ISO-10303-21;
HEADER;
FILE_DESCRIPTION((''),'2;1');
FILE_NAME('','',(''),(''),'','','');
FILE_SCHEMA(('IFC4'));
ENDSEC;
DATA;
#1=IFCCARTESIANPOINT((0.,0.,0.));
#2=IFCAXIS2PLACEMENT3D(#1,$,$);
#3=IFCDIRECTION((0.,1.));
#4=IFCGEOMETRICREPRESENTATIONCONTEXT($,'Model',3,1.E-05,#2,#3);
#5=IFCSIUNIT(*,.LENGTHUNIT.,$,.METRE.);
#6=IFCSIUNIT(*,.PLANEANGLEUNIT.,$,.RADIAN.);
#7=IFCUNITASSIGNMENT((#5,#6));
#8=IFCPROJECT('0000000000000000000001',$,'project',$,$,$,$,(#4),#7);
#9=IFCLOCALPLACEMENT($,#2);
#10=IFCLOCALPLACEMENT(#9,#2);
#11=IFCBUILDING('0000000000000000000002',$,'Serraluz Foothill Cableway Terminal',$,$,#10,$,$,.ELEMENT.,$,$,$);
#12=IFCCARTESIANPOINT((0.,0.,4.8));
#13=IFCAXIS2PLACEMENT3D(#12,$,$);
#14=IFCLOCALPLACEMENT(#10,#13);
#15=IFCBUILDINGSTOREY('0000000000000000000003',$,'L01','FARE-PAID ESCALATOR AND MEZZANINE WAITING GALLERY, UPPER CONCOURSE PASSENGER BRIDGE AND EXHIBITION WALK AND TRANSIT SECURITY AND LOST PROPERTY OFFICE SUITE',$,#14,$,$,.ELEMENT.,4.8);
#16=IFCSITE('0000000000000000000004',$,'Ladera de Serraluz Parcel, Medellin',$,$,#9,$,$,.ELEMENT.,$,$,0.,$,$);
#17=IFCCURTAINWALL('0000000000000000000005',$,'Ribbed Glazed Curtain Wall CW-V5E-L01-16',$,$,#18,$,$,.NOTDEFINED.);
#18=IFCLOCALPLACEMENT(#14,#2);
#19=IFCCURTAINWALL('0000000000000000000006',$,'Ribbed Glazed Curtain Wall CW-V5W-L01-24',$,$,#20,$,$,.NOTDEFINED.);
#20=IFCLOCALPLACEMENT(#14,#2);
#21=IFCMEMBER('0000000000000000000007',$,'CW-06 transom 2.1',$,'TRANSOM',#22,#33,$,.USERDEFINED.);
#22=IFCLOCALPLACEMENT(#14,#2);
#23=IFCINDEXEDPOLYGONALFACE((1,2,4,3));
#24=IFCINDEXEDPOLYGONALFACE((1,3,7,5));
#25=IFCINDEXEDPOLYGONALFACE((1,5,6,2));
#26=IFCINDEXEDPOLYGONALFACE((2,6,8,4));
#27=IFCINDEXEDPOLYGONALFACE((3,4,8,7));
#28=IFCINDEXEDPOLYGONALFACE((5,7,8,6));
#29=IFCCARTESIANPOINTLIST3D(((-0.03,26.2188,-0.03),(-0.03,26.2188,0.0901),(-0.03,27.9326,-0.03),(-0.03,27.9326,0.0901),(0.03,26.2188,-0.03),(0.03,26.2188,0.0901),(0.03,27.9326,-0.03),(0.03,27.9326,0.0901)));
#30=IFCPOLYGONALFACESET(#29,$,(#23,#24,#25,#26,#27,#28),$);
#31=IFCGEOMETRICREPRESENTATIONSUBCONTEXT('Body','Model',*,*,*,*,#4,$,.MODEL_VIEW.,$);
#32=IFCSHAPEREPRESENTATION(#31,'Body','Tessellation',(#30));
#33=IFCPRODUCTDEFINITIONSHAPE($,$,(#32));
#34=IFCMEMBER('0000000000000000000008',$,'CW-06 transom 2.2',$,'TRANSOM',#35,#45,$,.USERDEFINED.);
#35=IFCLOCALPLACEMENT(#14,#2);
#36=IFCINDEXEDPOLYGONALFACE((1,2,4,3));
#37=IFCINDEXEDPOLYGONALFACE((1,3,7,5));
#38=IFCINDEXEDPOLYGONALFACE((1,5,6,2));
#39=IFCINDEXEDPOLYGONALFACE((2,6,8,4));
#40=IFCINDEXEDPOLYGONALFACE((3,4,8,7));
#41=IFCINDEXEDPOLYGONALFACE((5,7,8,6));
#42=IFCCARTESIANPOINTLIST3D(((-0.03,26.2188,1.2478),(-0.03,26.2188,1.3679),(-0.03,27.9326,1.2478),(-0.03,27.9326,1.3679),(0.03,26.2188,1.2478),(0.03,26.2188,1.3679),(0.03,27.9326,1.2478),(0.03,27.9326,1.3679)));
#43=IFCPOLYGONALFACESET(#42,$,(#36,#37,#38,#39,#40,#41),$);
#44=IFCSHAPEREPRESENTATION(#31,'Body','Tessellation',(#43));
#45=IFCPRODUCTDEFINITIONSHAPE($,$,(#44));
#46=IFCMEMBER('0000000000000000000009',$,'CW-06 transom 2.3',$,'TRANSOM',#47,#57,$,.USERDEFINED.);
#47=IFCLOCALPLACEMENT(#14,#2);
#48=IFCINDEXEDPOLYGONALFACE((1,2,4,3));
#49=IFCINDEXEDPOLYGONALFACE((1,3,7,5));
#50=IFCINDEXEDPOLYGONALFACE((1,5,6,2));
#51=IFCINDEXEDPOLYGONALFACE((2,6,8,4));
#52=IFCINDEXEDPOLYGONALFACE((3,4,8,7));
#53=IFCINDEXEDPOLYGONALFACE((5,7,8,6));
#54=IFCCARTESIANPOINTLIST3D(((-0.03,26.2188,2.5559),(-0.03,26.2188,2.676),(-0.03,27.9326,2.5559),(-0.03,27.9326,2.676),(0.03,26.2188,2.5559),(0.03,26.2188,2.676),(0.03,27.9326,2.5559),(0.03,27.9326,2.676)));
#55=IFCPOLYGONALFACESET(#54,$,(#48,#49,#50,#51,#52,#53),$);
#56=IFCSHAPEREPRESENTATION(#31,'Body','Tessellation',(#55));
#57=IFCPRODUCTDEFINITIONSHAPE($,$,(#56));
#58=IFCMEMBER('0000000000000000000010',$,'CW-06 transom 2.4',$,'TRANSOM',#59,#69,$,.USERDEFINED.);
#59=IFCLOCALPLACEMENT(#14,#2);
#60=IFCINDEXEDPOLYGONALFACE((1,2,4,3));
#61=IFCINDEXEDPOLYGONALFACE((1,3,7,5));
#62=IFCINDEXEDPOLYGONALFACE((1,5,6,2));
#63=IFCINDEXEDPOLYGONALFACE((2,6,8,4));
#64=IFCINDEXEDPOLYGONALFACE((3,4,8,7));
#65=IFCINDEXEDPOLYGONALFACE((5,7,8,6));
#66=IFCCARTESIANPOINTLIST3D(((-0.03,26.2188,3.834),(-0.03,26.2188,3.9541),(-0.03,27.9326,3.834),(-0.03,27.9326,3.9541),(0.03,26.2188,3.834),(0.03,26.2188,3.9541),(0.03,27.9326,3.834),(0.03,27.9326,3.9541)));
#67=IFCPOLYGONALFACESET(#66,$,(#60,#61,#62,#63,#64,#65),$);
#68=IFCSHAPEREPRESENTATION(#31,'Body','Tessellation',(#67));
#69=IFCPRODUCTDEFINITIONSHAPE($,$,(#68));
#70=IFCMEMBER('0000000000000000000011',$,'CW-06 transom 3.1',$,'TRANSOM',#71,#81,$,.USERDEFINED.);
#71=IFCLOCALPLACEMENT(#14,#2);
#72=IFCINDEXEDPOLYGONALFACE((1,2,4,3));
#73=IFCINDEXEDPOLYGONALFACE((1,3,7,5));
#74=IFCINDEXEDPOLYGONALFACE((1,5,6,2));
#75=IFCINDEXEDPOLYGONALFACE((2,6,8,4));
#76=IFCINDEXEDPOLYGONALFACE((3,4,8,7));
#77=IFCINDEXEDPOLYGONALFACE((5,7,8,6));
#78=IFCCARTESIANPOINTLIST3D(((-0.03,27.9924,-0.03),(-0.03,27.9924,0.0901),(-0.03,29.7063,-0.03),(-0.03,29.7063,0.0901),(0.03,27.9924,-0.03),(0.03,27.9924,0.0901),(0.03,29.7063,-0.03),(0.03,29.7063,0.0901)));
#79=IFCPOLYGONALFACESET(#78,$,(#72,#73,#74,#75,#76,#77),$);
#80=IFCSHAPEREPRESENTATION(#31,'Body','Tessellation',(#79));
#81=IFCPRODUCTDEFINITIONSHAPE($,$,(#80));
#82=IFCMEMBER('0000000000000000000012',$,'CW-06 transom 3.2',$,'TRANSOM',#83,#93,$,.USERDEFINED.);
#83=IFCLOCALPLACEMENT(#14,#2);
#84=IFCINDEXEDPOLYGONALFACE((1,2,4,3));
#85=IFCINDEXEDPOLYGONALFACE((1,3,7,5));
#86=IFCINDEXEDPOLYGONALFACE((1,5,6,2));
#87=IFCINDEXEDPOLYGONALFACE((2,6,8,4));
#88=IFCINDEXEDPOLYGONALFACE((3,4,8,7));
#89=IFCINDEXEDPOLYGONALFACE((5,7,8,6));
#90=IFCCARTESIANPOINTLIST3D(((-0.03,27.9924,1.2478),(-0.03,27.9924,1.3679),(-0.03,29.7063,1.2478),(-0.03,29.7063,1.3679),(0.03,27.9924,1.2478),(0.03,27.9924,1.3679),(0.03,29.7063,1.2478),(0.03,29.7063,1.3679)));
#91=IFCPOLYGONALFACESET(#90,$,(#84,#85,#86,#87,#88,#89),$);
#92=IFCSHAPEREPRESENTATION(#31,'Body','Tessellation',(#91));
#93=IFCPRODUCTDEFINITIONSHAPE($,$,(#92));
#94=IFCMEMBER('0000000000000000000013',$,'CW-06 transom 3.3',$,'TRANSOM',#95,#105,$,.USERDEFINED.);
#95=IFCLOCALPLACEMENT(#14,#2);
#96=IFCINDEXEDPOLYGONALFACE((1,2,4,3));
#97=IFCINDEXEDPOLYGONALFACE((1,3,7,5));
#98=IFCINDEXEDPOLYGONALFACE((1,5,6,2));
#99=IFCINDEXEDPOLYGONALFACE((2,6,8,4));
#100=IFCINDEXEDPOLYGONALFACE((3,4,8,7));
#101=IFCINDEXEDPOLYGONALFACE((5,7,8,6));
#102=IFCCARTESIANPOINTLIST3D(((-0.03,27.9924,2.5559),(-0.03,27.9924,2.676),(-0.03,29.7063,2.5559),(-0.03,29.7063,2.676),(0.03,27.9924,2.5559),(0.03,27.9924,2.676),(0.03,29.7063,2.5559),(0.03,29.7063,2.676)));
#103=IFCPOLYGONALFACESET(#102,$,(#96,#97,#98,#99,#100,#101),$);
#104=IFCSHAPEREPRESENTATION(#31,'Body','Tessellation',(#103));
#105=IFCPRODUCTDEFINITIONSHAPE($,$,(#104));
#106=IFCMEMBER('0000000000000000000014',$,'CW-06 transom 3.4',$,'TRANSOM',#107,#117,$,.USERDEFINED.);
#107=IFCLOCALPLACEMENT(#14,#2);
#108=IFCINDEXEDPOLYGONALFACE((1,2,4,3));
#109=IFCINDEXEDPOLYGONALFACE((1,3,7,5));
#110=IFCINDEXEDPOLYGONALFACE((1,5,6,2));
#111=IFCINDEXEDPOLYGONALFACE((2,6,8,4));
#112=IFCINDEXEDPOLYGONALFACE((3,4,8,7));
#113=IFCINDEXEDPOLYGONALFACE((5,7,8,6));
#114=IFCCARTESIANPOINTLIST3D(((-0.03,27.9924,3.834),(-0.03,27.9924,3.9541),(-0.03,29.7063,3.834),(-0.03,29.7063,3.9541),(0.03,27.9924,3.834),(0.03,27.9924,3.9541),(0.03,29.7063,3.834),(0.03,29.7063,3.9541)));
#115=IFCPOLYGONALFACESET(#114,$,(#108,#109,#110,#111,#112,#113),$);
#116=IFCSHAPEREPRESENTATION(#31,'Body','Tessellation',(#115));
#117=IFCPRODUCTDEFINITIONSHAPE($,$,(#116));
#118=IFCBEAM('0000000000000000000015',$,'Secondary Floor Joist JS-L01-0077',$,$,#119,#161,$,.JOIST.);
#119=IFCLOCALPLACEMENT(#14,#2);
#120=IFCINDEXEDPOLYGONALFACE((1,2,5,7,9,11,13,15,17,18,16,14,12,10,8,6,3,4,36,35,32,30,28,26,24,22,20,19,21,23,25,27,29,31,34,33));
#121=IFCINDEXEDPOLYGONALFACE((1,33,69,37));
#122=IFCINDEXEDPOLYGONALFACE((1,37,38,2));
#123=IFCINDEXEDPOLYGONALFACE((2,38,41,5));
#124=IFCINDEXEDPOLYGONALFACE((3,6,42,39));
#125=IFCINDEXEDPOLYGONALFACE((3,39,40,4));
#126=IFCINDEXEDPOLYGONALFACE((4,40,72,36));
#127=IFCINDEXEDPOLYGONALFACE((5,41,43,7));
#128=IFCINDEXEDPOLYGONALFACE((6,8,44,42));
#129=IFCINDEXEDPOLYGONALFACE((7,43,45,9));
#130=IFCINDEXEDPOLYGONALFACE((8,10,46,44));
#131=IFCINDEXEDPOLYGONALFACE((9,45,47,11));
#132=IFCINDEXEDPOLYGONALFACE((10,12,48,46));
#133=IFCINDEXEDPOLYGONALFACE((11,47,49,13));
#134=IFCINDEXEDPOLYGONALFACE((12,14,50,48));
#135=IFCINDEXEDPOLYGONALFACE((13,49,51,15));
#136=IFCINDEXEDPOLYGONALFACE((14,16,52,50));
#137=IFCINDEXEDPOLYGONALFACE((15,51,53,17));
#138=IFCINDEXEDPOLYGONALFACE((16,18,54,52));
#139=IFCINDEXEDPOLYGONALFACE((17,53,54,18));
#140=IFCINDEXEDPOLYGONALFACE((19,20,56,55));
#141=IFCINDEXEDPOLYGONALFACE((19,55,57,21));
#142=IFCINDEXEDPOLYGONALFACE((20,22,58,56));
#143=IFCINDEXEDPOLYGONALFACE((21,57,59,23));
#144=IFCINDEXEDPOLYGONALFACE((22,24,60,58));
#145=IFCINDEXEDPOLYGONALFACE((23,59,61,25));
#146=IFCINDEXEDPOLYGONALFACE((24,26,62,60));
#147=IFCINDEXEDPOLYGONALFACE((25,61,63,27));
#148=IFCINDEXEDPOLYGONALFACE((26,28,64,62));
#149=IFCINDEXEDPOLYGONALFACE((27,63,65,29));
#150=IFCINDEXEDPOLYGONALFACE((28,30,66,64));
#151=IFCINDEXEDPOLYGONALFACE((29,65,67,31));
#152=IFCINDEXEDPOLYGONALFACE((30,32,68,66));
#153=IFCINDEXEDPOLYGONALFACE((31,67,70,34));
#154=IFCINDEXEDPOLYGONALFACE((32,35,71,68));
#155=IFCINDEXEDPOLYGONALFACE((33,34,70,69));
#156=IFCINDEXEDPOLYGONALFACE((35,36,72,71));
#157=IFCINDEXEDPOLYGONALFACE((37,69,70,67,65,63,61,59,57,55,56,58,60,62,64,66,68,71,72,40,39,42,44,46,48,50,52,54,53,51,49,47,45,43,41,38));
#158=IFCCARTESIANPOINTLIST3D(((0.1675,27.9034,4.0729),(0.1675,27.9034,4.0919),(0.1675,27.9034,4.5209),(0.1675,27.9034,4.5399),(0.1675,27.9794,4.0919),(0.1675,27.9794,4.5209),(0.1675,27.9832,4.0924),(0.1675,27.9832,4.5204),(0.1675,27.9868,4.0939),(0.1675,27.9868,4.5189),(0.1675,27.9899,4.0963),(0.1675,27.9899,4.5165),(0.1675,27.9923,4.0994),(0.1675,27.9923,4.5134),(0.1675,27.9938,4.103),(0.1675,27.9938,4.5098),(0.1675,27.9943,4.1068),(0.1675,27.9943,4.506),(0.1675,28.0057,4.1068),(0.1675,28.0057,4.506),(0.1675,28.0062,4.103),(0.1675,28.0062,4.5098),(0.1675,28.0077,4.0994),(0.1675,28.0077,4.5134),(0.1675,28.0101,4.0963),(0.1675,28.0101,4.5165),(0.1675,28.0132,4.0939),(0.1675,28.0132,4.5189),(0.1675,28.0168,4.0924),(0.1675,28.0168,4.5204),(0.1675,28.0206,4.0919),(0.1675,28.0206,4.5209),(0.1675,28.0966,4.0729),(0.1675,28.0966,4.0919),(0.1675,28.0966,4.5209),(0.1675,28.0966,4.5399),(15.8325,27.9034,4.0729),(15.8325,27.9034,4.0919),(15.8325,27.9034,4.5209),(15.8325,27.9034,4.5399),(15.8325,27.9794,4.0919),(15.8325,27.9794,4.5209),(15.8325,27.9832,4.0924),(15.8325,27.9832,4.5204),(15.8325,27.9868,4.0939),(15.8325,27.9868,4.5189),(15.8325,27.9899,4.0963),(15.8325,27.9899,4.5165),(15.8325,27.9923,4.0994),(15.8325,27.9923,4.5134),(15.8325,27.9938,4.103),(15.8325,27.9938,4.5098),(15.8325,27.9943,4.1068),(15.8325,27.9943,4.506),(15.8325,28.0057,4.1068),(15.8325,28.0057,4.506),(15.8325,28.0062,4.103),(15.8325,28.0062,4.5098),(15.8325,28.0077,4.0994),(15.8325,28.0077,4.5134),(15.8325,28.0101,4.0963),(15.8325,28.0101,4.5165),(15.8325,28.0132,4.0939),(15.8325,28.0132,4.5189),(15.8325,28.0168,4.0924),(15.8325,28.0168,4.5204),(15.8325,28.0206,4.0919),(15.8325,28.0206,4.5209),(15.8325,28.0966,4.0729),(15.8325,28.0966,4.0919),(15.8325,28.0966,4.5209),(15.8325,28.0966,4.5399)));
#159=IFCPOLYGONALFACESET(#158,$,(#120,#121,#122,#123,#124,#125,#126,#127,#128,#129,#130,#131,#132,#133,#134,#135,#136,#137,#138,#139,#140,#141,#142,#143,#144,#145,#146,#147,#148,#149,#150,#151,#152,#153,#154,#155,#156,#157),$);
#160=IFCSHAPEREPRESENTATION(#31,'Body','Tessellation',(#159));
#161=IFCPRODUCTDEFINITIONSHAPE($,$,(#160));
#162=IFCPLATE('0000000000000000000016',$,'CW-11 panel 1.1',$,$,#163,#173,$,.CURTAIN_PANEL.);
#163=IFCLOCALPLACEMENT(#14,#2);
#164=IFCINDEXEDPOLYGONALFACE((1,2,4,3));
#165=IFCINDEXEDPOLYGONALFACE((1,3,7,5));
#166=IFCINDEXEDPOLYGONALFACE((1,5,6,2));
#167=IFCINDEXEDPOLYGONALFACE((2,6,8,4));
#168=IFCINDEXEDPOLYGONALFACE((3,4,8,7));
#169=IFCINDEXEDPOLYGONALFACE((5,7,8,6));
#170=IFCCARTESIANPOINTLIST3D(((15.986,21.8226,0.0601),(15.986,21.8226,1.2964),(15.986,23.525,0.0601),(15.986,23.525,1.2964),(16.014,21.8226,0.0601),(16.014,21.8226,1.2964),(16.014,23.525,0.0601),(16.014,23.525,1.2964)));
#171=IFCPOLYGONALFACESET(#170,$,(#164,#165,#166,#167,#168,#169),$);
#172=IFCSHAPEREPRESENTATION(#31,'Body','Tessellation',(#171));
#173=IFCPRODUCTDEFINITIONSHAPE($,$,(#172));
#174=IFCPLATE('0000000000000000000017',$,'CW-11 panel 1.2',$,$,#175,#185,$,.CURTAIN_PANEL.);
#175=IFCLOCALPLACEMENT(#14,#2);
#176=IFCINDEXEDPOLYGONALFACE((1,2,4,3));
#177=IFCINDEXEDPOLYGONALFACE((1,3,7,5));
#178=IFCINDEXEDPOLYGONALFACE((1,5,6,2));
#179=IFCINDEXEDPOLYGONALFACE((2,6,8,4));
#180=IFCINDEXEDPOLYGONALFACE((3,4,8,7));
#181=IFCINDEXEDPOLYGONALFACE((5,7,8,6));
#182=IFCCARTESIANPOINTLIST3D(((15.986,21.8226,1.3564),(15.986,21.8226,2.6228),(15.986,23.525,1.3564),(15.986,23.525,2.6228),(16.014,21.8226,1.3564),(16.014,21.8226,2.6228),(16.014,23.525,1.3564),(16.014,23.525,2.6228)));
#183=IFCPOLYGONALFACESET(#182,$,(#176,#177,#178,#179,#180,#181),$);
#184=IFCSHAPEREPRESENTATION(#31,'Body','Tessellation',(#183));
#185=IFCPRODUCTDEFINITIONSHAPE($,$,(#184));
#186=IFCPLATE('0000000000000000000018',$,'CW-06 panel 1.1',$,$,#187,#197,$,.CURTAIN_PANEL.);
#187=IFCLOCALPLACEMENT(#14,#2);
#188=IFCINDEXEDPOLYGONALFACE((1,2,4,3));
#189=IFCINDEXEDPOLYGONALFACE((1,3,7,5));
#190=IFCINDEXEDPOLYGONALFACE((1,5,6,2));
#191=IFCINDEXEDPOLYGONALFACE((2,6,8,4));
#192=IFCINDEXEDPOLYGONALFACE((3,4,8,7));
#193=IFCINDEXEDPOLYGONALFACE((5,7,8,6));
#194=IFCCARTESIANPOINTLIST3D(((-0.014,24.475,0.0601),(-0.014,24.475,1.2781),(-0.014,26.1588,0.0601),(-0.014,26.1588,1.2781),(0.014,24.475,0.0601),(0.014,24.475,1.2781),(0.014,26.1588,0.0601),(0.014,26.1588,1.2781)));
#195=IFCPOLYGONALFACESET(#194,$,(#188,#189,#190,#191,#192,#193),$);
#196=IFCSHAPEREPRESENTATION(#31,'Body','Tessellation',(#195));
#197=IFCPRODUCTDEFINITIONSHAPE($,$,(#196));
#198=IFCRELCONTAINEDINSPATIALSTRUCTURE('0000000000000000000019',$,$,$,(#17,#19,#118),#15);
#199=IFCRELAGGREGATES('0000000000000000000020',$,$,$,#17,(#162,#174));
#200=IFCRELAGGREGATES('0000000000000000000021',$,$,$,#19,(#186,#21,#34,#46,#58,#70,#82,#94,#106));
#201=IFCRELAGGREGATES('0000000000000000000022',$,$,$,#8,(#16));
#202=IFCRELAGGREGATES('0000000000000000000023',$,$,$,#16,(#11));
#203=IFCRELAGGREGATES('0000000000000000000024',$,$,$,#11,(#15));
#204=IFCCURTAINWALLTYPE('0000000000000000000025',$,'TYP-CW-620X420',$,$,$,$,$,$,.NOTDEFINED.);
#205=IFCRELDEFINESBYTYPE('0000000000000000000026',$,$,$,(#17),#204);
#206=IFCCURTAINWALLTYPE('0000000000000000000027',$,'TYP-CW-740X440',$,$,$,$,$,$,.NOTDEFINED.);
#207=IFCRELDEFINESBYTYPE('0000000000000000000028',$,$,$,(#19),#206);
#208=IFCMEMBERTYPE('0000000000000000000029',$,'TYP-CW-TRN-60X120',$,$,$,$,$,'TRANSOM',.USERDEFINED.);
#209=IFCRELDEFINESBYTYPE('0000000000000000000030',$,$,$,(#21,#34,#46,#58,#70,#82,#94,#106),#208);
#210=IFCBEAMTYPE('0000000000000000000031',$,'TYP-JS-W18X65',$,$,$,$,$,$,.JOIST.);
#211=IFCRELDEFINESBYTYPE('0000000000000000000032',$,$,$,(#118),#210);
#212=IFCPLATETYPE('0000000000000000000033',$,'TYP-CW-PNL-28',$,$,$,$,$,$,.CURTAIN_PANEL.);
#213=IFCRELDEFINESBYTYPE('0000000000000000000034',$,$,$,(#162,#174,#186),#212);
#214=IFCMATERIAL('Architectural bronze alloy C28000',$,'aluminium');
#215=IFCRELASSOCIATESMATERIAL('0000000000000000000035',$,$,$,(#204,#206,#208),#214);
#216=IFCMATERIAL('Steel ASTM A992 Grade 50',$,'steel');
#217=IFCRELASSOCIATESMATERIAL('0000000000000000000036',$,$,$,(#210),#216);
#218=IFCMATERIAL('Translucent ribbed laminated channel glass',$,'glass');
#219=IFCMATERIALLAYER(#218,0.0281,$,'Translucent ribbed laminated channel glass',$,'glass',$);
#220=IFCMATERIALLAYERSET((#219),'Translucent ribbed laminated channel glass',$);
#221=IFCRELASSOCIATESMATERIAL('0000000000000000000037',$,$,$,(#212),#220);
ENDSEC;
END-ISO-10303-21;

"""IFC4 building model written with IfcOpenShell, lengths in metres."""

from ifc_helpers import new_model, si_unit, direction, frame, origin, origin_2d, place, context, subcontext, project, spatial, rectangle, i_section, extrude, material, layer, layer_set, material_profile, profile_set, type_object, element, aggregate, save


model = new_model("IFC4")

# Units and contexts
model_context = context("Model", 3, precision=1e-05, world=origin(), true_north=direction((0.0, 1.0)))
body_context = subcontext(model_context, "Body", "Model", "MODEL_VIEW")
ifc_project = project(units=[si_unit("LENGTHUNIT", "METRE"), si_unit("PLANEANGLEUNIT", "RADIAN")], contexts=[model_context])

# Site, building, storey
site_placement = place(None, origin())
site = spatial("IfcSite", under=ifc_project, at=site_placement, Name="Ladera de Serraluz Parcel, Medellin", CompositionType="ELEMENT", RefElevation=0.0)
building_placement = place(site_placement, origin())
building = spatial("IfcBuilding", under=site, at=building_placement, Name="Serraluz Foothill Cableway Terminal", CompositionType="ELEMENT")
storey_placement = place(building_placement, frame((0.0, 0.0, 4.8)))
storey = spatial("IfcBuildingStorey", under=building, at=storey_placement, Name="L01", Description="FARE-PAID ESCALATOR AND MEZZANINE WAITING GALLERY, UPPER CONCOURSE PASSENGER BRIDGE AND EXHIBITION WALK AND TRANSIT SECURITY AND LOST PROPERTY OFFICE SUITE", CompositionType="ELEMENT", Elevation=4.8)

# Shared definitions
ifc_material_1 = material(Name="Steel ASTM A992 Grade 50", Category="steel")

# Curtain wall
ifc_material_2 = material(Name="Architectural bronze alloy C28000", Category="aluminium")
curtain_wall_type_1 = type_object("IfcCurtainWallType", Name="TYP-CW-620X420", PredefinedType="NOTDEFINED", material=ifc_material_2)
curtain_wall_1_placement = place(storey_placement, origin())
curtain_wall_1 = element("IfcCurtainWall", 1, at=curtain_wall_1_placement, inside=storey, type_object=curtain_wall_type_1, Name="Ribbed Glazed Curtain Wall CW-V5E-L01-16", PredefinedType="NOTDEFINED")

# Curtain wall, members
curtain_wall_type_2 = type_object("IfcCurtainWallType", Name="TYP-CW-740X440", PredefinedType="NOTDEFINED", material=ifc_material_2)
curtain_wall_2_placement = place(storey_placement, origin())
curtain_wall_2 = element("IfcCurtainWall", 2, at=curtain_wall_2_placement, inside=storey, type_object=curtain_wall_type_2, Name="Ribbed Glazed Curtain Wall CW-V5W-L01-24", PredefinedType="NOTDEFINED")
ifc_material_profile_1 = material_profile(ifc_material_2, rectangle(XDim=0.0601, YDim=0.1201, at=origin_2d()), Name="ALU TRANSOM 60x120")
ifc_profile_set_1 = profile_set([ifc_material_profile_1], Name="Architectural bronze alloy C28000")
member_type_1 = type_object("IfcMemberType", Name="TYP-CW-TRN-60X120", ElementType="TRANSOM", PredefinedType="USERDEFINED", material=ifc_profile_set_1)
member_1_placement = place(storey_placement, frame((0.0, 26.2188, 0.03), z_axis=(0.0, 1.0, 0.0), x_axis=(-1.0, 0.0, 0.0)))
member_1 = element("IfcMember", 3, at=member_1_placement, type_object=member_type_1, Name="CW-06 transom 2.1", ObjectType="TRANSOM", PredefinedType="USERDEFINED", context=body_context, shape_type="SweptSolid", body=[
    extrude(rectangle(XDim=0.0601, YDim=0.1201, at=origin_2d()), origin(), (0.0, 0.0, 1.0), 1.7139),
])
member_2_placement = place(storey_placement, frame((0.0, 26.2188, 1.3079), z_axis=(0.0, 1.0, 0.0), x_axis=(-1.0, 0.0, 0.0)))
member_2 = element("IfcMember", 4, at=member_2_placement, type_object=member_type_1, Name="CW-06 transom 2.2", ObjectType="TRANSOM", PredefinedType="USERDEFINED", context=body_context, shape_type="SweptSolid", body=[
    extrude(rectangle(XDim=0.0601, YDim=0.1201, at=origin_2d()), origin(), (0.0, 0.0, 1.0), 1.7139),
])
member_3_placement = place(storey_placement, frame((0.0, 26.2188, 2.616), z_axis=(0.0, 1.0, 0.0), x_axis=(-1.0, 0.0, 0.0)))
member_3 = element("IfcMember", 5, at=member_3_placement, type_object=member_type_1, Name="CW-06 transom 2.3", ObjectType="TRANSOM", PredefinedType="USERDEFINED", context=body_context, shape_type="SweptSolid", body=[
    extrude(rectangle(XDim=0.0601, YDim=0.1201, at=origin_2d()), origin(), (0.0, 0.0, 1.0), 1.7139),
])
member_4_placement = place(storey_placement, frame((0.0, 26.2188, 3.894), z_axis=(0.0, 1.0, 0.0), x_axis=(-1.0, 0.0, 0.0)))
member_4 = element("IfcMember", 6, at=member_4_placement, type_object=member_type_1, Name="CW-06 transom 2.4", ObjectType="TRANSOM", PredefinedType="USERDEFINED", context=body_context, shape_type="SweptSolid", body=[
    extrude(rectangle(XDim=0.0601, YDim=0.1201, at=origin_2d()), origin(), (0.0, 0.0, 1.0), 1.7139),
])
member_5_placement = place(storey_placement, frame((0.0, 27.9924, 0.03), z_axis=(0.0, 1.0, 0.0), x_axis=(-1.0, 0.0, 0.0)))
member_5 = element("IfcMember", 7, at=member_5_placement, type_object=member_type_1, Name="CW-06 transom 3.1", ObjectType="TRANSOM", PredefinedType="USERDEFINED", context=body_context, shape_type="SweptSolid", body=[
    extrude(rectangle(XDim=0.0601, YDim=0.1201, at=origin_2d()), origin(), (0.0, 0.0, 1.0), 1.7139),
])
member_6_placement = place(storey_placement, frame((0.0, 27.9924, 1.3079), z_axis=(0.0, 1.0, 0.0), x_axis=(-1.0, 0.0, 0.0)))
member_6 = element("IfcMember", 8, at=member_6_placement, type_object=member_type_1, Name="CW-06 transom 3.2", ObjectType="TRANSOM", PredefinedType="USERDEFINED", context=body_context, shape_type="SweptSolid", body=[
    extrude(rectangle(XDim=0.0601, YDim=0.1201, at=origin_2d()), origin(), (0.0, 0.0, 1.0), 1.7139),
])
member_7_placement = place(storey_placement, frame((0.0, 27.9924, 2.616), z_axis=(0.0, 1.0, 0.0), x_axis=(-1.0, 0.0, 0.0)))
member_7 = element("IfcMember", 9, at=member_7_placement, type_object=member_type_1, Name="CW-06 transom 3.3", ObjectType="TRANSOM", PredefinedType="USERDEFINED", context=body_context, shape_type="SweptSolid", body=[
    extrude(rectangle(XDim=0.0601, YDim=0.1201, at=origin_2d()), origin(), (0.0, 0.0, 1.0), 1.7139),
])
member_8_placement = place(storey_placement, frame((0.0, 27.9924, 3.894), z_axis=(0.0, 1.0, 0.0), x_axis=(-1.0, 0.0, 0.0)))
member_8 = element("IfcMember", 10, at=member_8_placement, type_object=member_type_1, Name="CW-06 transom 3.4", ObjectType="TRANSOM", PredefinedType="USERDEFINED", context=body_context, shape_type="SweptSolid", body=[
    extrude(rectangle(XDim=0.0601, YDim=0.1201, at=origin_2d()), origin(), (0.0, 0.0, 1.0), 1.7139),
])

# Beam
ifc_material_profile_2 = material_profile(ifc_material_1, i_section(OverallWidth=0.1931, OverallDepth=0.467, WebThickness=0.0115, FlangeThickness=0.019, FilletRadius=0.0149, at=origin_2d()), Name="W18X65")
ifc_profile_set_2 = profile_set([ifc_material_profile_2], Name="Steel ASTM A992 Grade 50")
beam_type_1 = type_object("IfcBeamType", Name="TYP-JS-W18X65", PredefinedType="JOIST", material=ifc_profile_set_2)
beam_1_placement = place(storey_placement, frame((0.1675, 28.0, 4.3064), z_axis=(1.0, 0.0, 0.0), x_axis=(0.0, 1.0, 0.0)))
element("IfcBeam", 11, at=beam_1_placement, inside=storey, type_object=beam_type_1, Name="Secondary Floor Joist JS-L01-0077", PredefinedType="JOIST", context=body_context, shape_type="SweptSolid", body=[
    extrude(i_section(OverallWidth=0.1931, OverallDepth=0.467, WebThickness=0.0115, FlangeThickness=0.019, FilletRadius=0.0149, at=origin_2d()), origin(), (0.0, 0.0, 1.0), 15.665),
])

# Plates
ifc_material_3 = material(Name="Translucent ribbed laminated channel glass", Category="glass")
ifc_layer_1 = layer(ifc_material_3, 0.0281, Name="Translucent ribbed laminated channel glass", Category="glass")
ifc_layer_set_1 = layer_set([ifc_layer_1], Name="Translucent ribbed laminated channel glass")
plate_type = type_object("IfcPlateType", Name="TYP-CW-PNL-28", PredefinedType="CURTAIN_PANEL", material=ifc_layer_set_1)
plate_1_placement = place(storey_placement, frame((16.0, 22.6738, 0.0601), z_axis=(0.0, 0.0, 1.0), x_axis=(0.0, -1.0, 0.0)))
plate_1 = element("IfcPlate", 12, at=plate_1_placement, type_object=plate_type, Name="CW-11 panel 1.1", PredefinedType="CURTAIN_PANEL", context=body_context, shape_type="SweptSolid", body=[
    extrude(rectangle(XDim=1.7024, YDim=0.0281, at=origin_2d()), origin(), (0.0, 0.0, 1.0), 1.2363),
])
plate_2_placement = place(storey_placement, frame((16.0, 22.6738, 1.3564), z_axis=(0.0, 0.0, 1.0), x_axis=(0.0, -1.0, 0.0)))
plate_2 = element("IfcPlate", 13, at=plate_2_placement, type_object=plate_type, Name="CW-11 panel 1.2", PredefinedType="CURTAIN_PANEL", context=body_context, shape_type="SweptSolid", body=[
    extrude(rectangle(XDim=1.7024, YDim=0.0281, at=origin_2d()), origin(), (0.0, 0.0, 1.0), 1.2664),
])
aggregate(curtain_wall_1, [plate_1, plate_2])
plate_3_placement = place(storey_placement, frame((0.0, 25.3169, 0.0601), z_axis=(0.0, 0.0, 1.0), x_axis=(0.0, 1.0, 0.0)))
plate_3 = element("IfcPlate", 14, at=plate_3_placement, type_object=plate_type, Name="CW-06 panel 1.1", PredefinedType="CURTAIN_PANEL", context=body_context, shape_type="SweptSolid", body=[
    extrude(rectangle(XDim=1.6838, YDim=0.0281, at=origin_2d()), origin(), (0.0, 0.0, 1.0), 1.218),
])
aggregate(curtain_wall_2, [plate_3, member_1, member_2, member_3, member_4, member_5, member_6, member_7, member_8])

save(model, "model.ifc")
